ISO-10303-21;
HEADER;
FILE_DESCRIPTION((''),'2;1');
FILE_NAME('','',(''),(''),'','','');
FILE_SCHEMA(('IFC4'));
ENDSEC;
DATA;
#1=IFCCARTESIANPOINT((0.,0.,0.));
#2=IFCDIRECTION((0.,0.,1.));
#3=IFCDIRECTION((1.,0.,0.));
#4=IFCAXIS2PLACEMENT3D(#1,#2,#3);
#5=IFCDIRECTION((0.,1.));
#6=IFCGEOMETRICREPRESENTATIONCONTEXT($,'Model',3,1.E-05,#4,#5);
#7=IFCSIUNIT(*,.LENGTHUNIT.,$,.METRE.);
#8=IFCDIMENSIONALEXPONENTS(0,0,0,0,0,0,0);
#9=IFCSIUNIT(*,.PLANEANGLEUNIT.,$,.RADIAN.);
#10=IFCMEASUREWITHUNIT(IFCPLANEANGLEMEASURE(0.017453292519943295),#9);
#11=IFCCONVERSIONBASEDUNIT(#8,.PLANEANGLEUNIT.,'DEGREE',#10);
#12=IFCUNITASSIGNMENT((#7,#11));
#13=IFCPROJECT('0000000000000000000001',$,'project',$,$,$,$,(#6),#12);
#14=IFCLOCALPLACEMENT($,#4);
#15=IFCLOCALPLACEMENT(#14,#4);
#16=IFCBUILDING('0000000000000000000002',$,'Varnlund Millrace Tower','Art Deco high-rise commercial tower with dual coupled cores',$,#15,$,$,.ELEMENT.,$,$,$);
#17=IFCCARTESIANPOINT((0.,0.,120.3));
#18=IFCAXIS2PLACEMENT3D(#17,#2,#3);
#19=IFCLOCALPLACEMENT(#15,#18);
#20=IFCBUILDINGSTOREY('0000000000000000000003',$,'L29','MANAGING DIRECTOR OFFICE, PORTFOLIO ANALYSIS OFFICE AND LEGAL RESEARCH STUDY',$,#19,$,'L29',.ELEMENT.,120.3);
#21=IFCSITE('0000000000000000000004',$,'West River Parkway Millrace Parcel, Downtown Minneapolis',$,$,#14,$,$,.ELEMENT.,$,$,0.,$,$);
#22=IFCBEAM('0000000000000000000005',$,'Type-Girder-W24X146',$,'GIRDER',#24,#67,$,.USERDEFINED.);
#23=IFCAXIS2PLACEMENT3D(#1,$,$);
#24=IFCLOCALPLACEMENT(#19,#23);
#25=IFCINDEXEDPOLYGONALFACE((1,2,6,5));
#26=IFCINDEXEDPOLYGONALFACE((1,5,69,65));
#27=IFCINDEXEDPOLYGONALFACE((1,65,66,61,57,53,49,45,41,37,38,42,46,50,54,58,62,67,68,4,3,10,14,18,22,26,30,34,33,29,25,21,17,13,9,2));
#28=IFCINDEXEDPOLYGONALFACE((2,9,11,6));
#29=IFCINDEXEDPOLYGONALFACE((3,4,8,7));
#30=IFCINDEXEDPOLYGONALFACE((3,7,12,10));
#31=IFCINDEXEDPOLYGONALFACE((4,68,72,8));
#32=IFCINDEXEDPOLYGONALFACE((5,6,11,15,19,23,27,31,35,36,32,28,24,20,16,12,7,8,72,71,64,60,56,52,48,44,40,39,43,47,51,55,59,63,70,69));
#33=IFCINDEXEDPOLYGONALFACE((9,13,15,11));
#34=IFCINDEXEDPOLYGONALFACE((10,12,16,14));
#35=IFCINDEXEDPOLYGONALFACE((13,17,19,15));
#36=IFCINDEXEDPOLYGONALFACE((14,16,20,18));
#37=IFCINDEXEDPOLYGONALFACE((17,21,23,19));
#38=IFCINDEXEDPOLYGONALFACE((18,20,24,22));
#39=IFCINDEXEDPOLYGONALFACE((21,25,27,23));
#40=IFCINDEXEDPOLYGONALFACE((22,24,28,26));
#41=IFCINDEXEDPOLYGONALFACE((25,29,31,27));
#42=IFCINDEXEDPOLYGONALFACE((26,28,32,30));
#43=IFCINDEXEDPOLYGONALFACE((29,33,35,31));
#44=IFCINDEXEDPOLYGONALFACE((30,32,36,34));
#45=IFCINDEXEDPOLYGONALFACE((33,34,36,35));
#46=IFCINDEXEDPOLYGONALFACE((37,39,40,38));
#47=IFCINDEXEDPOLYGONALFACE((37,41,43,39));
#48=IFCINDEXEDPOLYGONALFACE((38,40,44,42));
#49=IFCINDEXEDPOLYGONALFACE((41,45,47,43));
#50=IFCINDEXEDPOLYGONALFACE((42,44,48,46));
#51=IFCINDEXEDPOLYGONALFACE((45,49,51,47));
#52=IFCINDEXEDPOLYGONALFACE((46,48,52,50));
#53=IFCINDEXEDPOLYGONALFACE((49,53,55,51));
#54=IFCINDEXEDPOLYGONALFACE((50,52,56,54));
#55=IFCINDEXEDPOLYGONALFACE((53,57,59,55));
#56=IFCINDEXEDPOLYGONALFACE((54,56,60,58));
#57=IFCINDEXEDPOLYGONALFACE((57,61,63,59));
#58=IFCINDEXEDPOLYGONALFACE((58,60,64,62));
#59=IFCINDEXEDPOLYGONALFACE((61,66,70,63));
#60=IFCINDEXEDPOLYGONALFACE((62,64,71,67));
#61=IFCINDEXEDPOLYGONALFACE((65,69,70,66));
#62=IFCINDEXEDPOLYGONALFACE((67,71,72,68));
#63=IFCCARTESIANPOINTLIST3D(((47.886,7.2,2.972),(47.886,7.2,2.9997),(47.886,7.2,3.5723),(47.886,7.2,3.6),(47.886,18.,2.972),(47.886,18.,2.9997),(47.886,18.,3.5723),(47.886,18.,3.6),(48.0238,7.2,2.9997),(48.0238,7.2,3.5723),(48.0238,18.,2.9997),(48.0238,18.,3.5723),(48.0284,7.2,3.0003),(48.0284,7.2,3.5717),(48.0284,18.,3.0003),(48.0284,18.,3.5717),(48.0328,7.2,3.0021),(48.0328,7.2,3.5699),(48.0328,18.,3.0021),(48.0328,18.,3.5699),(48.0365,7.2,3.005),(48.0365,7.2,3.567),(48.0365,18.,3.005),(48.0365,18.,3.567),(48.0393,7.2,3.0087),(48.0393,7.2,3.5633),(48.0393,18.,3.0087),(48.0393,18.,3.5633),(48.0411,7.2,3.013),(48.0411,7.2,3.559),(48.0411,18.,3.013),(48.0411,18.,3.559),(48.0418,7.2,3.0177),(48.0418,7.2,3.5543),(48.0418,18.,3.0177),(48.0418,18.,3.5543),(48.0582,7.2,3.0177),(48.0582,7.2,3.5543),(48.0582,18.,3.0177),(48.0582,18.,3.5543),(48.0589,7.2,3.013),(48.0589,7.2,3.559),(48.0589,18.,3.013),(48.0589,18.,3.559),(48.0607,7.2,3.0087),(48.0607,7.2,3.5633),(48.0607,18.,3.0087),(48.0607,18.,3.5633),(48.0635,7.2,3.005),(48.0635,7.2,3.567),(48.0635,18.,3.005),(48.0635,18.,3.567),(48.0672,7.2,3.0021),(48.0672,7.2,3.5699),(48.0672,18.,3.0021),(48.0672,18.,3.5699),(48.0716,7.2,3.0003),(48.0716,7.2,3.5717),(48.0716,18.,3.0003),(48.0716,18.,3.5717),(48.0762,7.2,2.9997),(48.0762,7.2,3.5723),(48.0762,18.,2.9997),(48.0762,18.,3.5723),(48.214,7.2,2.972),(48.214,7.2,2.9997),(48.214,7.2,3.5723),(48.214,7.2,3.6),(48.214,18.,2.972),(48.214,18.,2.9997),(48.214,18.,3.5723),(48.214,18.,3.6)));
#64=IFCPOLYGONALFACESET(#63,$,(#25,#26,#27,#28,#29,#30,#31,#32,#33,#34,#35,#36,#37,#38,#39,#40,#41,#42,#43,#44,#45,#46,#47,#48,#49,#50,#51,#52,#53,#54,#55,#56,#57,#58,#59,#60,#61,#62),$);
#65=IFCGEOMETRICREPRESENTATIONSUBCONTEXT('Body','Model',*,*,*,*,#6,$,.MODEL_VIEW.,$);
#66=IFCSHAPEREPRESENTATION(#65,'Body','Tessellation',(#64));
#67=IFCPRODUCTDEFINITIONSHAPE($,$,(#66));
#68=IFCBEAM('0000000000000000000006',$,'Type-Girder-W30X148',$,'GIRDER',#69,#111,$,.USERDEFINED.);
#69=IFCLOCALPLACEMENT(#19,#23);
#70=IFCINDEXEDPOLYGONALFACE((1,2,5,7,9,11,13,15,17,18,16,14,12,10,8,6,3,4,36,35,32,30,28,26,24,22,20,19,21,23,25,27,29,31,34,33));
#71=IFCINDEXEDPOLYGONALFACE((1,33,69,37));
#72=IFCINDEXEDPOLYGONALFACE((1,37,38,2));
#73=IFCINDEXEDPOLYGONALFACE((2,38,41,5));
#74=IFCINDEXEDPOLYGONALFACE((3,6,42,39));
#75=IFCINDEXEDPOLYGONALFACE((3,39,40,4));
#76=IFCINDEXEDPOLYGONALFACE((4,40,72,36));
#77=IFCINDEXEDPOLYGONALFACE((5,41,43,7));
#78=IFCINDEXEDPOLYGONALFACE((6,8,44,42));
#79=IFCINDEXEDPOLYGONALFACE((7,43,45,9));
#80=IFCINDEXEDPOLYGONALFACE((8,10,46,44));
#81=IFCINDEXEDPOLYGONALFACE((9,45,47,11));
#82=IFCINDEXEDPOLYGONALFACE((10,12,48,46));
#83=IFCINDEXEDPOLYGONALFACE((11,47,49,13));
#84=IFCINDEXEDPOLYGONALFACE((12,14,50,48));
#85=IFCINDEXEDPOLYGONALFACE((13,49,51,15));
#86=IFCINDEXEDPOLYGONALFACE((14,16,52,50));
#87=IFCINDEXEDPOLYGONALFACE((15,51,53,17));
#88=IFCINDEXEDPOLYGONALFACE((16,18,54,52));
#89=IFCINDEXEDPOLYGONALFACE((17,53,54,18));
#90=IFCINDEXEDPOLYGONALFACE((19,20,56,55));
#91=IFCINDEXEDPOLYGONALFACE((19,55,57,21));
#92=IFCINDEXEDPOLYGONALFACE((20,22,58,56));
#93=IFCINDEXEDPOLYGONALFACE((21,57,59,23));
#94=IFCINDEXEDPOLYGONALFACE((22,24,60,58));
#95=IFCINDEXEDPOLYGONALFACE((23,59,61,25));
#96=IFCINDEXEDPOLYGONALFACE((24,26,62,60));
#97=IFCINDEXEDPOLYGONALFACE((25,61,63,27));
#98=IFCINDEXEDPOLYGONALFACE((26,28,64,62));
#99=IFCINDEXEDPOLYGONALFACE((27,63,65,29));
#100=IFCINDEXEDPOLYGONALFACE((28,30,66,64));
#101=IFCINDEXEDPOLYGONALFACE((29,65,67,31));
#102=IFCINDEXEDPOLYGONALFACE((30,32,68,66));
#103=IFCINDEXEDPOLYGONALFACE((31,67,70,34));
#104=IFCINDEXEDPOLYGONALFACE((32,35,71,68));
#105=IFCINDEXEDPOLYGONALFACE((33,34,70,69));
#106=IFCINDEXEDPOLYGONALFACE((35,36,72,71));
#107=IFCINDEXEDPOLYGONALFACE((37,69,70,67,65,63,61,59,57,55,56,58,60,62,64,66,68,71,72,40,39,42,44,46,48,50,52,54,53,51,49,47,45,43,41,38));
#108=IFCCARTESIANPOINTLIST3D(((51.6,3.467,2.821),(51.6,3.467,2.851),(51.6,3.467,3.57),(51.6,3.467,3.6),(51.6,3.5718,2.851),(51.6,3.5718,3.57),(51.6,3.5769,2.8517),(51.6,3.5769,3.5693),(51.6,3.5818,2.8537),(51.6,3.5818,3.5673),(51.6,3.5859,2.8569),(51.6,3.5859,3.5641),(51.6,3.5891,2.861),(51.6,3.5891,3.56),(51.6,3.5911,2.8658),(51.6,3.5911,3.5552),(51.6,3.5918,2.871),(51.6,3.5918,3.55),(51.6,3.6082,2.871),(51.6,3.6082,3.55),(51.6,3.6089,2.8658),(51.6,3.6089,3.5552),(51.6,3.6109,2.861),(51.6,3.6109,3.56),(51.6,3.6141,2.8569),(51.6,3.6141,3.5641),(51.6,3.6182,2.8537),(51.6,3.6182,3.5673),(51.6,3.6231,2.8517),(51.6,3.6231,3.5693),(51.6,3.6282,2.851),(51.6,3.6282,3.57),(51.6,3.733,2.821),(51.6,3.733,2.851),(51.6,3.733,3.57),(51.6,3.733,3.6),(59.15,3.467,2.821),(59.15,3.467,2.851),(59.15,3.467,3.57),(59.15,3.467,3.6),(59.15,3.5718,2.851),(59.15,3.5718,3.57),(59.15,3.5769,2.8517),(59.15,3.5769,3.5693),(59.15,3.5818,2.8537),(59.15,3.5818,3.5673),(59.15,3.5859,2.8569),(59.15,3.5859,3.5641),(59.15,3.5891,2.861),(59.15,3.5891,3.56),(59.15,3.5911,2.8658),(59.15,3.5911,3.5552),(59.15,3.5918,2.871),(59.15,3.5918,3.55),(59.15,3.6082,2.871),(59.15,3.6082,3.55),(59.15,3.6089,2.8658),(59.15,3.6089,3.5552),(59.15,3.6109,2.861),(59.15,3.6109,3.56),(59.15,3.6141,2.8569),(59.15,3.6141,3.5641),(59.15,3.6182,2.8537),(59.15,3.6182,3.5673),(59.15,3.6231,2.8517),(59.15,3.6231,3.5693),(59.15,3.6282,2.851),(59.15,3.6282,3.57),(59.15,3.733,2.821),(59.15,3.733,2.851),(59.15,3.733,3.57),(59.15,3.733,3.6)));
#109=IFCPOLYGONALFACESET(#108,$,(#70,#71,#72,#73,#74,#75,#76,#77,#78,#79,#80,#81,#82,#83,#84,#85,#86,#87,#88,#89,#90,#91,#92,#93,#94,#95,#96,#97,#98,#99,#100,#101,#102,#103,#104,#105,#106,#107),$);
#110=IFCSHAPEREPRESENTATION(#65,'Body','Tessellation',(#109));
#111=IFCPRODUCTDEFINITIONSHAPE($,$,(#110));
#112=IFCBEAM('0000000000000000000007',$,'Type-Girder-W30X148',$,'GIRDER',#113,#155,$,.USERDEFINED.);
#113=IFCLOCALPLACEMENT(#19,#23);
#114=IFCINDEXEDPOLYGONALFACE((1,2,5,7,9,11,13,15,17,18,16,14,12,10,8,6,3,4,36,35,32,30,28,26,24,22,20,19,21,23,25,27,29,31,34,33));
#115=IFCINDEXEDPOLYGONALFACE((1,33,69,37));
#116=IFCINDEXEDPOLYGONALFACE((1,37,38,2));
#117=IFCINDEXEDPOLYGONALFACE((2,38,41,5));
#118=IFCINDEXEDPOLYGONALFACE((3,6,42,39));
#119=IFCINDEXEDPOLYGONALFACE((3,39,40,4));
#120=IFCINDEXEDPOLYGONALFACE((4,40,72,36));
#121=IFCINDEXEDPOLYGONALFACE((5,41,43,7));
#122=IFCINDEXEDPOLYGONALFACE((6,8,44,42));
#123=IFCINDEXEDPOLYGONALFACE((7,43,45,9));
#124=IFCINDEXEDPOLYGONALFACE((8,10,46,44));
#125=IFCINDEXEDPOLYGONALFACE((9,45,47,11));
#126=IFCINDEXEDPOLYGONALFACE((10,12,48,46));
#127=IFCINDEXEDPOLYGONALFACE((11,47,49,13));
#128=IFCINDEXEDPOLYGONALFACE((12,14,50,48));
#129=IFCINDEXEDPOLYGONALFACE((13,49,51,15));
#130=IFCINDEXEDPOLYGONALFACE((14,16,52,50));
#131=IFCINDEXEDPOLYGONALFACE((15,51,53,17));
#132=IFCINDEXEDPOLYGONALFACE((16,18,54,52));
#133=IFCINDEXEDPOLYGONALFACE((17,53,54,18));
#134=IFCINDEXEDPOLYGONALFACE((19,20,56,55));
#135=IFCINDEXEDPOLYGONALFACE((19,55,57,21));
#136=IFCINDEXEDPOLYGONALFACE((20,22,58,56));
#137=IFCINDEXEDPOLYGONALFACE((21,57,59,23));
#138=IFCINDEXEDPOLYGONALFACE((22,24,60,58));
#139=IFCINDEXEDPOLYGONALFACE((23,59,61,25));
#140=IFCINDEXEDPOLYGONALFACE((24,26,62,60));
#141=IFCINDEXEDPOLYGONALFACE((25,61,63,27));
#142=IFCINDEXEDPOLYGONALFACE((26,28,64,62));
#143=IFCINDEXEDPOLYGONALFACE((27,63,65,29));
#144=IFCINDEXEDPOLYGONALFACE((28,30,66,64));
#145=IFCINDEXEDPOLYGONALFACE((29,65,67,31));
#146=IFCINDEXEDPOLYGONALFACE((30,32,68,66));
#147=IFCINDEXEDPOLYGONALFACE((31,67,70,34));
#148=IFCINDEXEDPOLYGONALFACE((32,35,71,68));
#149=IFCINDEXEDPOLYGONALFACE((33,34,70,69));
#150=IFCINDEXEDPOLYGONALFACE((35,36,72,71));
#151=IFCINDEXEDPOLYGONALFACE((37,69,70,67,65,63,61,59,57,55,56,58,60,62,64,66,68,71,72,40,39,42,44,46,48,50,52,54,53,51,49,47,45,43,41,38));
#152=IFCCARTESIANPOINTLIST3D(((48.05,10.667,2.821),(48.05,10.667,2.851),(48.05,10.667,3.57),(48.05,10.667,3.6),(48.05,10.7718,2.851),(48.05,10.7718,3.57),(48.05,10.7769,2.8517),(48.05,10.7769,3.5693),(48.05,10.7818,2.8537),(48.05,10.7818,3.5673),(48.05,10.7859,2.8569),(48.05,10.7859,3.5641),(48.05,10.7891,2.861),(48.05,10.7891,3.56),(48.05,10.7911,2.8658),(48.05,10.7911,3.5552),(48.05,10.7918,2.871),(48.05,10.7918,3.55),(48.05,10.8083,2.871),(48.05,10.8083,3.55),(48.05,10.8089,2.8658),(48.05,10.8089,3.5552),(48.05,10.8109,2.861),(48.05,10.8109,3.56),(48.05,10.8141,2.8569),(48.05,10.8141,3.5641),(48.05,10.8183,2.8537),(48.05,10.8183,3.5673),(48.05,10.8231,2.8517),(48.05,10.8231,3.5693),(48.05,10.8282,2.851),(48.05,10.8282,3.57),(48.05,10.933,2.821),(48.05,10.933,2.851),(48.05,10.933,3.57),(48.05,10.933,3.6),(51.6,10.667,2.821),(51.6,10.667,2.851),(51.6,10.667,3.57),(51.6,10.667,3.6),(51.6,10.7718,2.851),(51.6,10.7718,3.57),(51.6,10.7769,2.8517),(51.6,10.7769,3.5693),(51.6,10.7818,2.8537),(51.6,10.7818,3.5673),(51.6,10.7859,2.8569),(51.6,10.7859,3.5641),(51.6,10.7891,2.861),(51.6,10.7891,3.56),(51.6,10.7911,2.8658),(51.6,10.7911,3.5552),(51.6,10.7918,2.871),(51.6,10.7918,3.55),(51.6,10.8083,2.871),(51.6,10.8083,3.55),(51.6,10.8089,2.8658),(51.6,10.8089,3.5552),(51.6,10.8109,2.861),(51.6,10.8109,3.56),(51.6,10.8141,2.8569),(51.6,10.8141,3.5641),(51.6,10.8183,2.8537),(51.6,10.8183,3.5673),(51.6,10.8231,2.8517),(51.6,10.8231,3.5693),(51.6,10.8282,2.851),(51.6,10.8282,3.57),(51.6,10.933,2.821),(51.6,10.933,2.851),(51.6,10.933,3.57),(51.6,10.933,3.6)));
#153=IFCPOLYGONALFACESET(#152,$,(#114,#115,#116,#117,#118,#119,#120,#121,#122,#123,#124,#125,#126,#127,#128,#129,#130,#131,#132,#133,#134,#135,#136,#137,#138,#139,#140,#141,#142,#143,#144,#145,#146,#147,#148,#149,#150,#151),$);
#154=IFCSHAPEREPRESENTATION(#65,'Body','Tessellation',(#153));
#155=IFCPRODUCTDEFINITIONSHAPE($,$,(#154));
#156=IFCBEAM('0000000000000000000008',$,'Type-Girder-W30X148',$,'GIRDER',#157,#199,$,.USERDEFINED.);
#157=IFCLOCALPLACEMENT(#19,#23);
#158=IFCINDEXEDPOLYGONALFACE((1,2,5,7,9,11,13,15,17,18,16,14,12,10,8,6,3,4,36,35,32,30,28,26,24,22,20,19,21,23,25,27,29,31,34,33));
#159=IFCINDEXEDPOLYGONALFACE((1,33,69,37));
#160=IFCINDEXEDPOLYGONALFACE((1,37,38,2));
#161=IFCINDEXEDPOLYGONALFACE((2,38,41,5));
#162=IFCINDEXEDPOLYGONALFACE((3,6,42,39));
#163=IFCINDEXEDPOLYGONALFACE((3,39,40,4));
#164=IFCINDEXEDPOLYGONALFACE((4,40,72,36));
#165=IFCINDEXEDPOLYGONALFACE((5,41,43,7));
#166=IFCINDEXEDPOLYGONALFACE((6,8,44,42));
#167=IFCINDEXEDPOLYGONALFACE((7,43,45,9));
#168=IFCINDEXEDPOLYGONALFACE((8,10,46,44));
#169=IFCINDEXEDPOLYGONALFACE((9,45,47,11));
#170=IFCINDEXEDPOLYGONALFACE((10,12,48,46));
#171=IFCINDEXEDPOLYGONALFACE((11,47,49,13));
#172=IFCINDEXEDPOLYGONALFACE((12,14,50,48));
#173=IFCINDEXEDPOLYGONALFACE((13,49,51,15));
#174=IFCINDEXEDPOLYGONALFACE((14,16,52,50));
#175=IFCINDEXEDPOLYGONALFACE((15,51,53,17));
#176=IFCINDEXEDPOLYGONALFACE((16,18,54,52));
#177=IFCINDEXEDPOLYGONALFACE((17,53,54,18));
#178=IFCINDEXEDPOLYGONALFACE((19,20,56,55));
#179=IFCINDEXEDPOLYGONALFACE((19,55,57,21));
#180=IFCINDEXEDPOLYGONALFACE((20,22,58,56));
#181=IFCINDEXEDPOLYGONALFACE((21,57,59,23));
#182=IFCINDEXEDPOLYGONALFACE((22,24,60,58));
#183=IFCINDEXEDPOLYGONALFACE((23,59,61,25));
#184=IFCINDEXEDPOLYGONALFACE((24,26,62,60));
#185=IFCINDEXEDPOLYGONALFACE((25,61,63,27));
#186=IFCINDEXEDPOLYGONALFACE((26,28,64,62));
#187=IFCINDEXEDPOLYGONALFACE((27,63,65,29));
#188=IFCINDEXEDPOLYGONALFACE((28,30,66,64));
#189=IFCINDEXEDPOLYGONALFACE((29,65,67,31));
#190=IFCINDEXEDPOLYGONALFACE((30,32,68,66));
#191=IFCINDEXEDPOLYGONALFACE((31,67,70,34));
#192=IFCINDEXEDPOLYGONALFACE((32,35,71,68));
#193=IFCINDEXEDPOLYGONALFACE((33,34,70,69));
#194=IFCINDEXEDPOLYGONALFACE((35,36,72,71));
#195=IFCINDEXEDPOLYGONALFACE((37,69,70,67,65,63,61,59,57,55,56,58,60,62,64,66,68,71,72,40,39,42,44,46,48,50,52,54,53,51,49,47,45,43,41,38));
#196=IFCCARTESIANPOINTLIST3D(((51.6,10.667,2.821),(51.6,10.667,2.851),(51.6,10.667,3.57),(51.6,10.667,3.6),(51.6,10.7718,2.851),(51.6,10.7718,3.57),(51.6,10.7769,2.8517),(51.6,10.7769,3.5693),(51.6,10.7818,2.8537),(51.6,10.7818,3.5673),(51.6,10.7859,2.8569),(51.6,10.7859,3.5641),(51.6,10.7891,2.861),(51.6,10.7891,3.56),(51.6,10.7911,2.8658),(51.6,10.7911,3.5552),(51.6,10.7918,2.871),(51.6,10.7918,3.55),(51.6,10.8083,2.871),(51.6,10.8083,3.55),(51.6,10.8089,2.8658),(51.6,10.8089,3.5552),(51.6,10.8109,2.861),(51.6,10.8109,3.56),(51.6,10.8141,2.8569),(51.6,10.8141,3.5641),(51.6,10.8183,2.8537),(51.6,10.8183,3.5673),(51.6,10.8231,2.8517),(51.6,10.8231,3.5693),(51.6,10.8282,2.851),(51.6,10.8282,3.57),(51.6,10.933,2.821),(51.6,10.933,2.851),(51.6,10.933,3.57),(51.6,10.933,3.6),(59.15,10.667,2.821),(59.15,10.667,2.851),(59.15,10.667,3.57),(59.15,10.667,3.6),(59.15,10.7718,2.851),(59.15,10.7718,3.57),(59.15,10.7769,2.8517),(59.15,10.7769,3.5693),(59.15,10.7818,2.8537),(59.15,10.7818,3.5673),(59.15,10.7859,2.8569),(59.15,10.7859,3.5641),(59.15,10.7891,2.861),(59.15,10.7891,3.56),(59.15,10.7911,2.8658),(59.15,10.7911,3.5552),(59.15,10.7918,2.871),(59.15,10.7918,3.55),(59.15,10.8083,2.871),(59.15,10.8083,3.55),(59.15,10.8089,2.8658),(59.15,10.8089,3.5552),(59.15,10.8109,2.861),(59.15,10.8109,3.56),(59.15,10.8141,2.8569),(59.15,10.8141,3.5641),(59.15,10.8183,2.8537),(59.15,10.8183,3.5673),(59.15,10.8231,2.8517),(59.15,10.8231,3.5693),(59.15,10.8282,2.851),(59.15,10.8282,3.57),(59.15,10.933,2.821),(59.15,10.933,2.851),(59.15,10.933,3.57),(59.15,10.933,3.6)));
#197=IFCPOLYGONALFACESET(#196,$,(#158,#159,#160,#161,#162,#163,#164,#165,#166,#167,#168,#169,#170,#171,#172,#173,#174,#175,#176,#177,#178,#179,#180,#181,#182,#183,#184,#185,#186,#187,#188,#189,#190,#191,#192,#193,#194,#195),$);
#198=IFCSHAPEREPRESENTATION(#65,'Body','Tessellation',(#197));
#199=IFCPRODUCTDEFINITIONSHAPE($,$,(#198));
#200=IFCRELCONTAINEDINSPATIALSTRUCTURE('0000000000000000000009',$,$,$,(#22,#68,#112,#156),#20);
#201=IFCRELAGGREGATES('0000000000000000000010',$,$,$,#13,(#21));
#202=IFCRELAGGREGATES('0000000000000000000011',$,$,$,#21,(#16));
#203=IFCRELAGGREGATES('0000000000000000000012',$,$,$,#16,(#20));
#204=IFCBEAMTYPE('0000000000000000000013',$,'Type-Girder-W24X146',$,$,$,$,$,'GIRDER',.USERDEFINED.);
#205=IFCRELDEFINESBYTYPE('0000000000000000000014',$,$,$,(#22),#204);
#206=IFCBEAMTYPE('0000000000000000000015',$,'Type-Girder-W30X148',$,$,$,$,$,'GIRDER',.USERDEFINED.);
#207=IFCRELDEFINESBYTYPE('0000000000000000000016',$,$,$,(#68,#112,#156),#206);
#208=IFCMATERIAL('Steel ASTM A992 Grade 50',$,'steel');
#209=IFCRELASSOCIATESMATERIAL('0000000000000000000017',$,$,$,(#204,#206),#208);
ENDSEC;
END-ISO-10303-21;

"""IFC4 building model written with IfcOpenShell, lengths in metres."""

from ifc_helpers import new_model, entity, si_unit, converted_unit, direction, frame, origin_with_axes, origin_2d_with_axis, place, context, subcontext, project, spatial, i_section, extrude, material, material_profile, profile_set, type_object, element, save


model = new_model("IFC4")

# Units and contexts
model_context = context("Model", 3, precision=1e-05, world=origin_with_axes(), true_north=direction((0.0, 1.0)))
body_context = subcontext(model_context, "Body", "Model", "MODEL_VIEW")
ifc_project = project(units=[si_unit("LENGTHUNIT", "METRE"), converted_unit("PLANEANGLEUNIT", "DEGREE", entity("IfcPlaneAngleMeasure", 0.017453292519943295), si_unit("PLANEANGLEUNIT", "RADIAN"), dimensions=[0, 0, 0, 0, 0, 0, 0])], contexts=[model_context])

# Site, building, storey
site_placement = place(None, origin_with_axes())
site = spatial("IfcSite", under=ifc_project, at=site_placement, Name="West River Parkway Millrace Parcel, Downtown Minneapolis", CompositionType="ELEMENT", RefElevation=0.0)
building_placement = place(site_placement, origin_with_axes())
building = spatial("IfcBuilding", under=site, at=building_placement, Name="Varnlund Millrace Tower", Description="Art Deco high-rise commercial tower with dual coupled cores", CompositionType="ELEMENT")
storey_placement = place(building_placement, frame((0.0, 0.0, 120.3), z_axis=(0.0, 0.0, 1.0), x_axis=(1.0, 0.0, 0.0)))
storey = spatial("IfcBuildingStorey", under=building, at=storey_placement, Name="L29", Description="MANAGING DIRECTOR OFFICE, PORTFOLIO ANALYSIS OFFICE AND LEGAL RESEARCH STUDY", LongName="L29", CompositionType="ELEMENT", Elevation=120.3)

# Beams
ifc_material_1 = material(Name="Steel ASTM A992 Grade 50", Category="steel")
ifc_material_profile_1 = material_profile(ifc_material_1, i_section(OverallWidth=0.328, OverallDepth=0.628, WebThickness=0.0165, FlangeThickness=0.0277, FilletRadius=0.018, at=origin_2d_with_axis()), Name="Steel ASTM A992 Grade 50")
ifc_profile_set_1 = profile_set([ifc_material_profile_1], Name="Steel ASTM A992 Grade 50")
beam_type_1 = type_object("IfcBeamType", Name="Type-Girder-W24X146", ElementType="GIRDER", PredefinedType="USERDEFINED", material=ifc_profile_set_1)
beam_1_placement = place(storey_placement, frame((48.05, 7.2, 3.286), z_axis=(0.0, 1.0, 0.0), x_axis=(-1.0, 0.0, 0.0)))
element("IfcBeam", 1, at=beam_1_placement, inside=storey, type_object=beam_type_1, Name="Type-Girder-W24X146", ObjectType="GIRDER", PredefinedType="USERDEFINED", context=body_context, shape_type="SweptSolid", body=[
    extrude(i_section(OverallWidth=0.328, OverallDepth=0.628, WebThickness=0.0165, FlangeThickness=0.0277, FilletRadius=0.018, at=origin_2d_with_axis()), origin_with_axes(), (0.0, 0.0, 1.0), 10.8),
])
ifc_material_profile_2 = material_profile(ifc_material_1, i_section(OverallWidth=0.266, OverallDepth=0.779, WebThickness=0.0165, FlangeThickness=0.03, FilletRadius=0.02, at=origin_2d_with_axis()), Name="Steel ASTM A992 Grade 50")
ifc_profile_set_2 = profile_set([ifc_material_profile_2], Name="Steel ASTM A992 Grade 50")
beam_type_2 = type_object("IfcBeamType", Name="Type-Girder-W30X148", ElementType="GIRDER", PredefinedType="USERDEFINED", material=ifc_profile_set_2)
beam_2_placement = place(storey_placement, frame((51.6, 3.6, 3.2105), z_axis=(1.0, 0.0, 0.0), x_axis=(0.0, 1.0, 0.0)))
element("IfcBeam", 2, at=beam_2_placement, inside=storey, type_object=beam_type_2, Name="Type-Girder-W30X148", ObjectType="GIRDER", PredefinedType="USERDEFINED", context=body_context, shape_type="SweptSolid", body=[
    extrude(i_section(OverallWidth=0.266, OverallDepth=0.779, WebThickness=0.0165, FlangeThickness=0.03, FilletRadius=0.02, at=origin_2d_with_axis()), origin_with_axes(), (0.0, 0.0, 1.0), 7.55),
])
beam_3_placement = place(storey_placement, frame((48.05, 10.8, 3.2105), z_axis=(1.0, 0.0, 0.0), x_axis=(0.0, 1.0, 0.0)))
element("IfcBeam", 3, at=beam_3_placement, inside=storey, type_object=beam_type_2, Name="Type-Girder-W30X148", ObjectType="GIRDER", PredefinedType="USERDEFINED", context=body_context, shape_type="SweptSolid", body=[
    extrude(i_section(OverallWidth=0.266, OverallDepth=0.779, WebThickness=0.0165, FlangeThickness=0.03, FilletRadius=0.02, at=origin_2d_with_axis()), origin_with_axes(), (0.0, 0.0, 1.0), 3.55),
])
beam_4_placement = place(storey_placement, frame((51.6, 10.8, 3.2105), z_axis=(1.0, 0.0, 0.0), x_axis=(0.0, 1.0, 0.0)))
element("IfcBeam", 4, at=beam_4_placement, inside=storey, type_object=beam_type_2, Name="Type-Girder-W30X148", ObjectType="GIRDER", PredefinedType="USERDEFINED", context=body_context, shape_type="SweptSolid", body=[
    extrude(i_section(OverallWidth=0.266, OverallDepth=0.779, WebThickness=0.0165, FlangeThickness=0.03, FilletRadius=0.02, at=origin_2d_with_axis()), origin_with_axes(), (0.0, 0.0, 1.0), 7.55),
])

save(model, "model.ifc")
